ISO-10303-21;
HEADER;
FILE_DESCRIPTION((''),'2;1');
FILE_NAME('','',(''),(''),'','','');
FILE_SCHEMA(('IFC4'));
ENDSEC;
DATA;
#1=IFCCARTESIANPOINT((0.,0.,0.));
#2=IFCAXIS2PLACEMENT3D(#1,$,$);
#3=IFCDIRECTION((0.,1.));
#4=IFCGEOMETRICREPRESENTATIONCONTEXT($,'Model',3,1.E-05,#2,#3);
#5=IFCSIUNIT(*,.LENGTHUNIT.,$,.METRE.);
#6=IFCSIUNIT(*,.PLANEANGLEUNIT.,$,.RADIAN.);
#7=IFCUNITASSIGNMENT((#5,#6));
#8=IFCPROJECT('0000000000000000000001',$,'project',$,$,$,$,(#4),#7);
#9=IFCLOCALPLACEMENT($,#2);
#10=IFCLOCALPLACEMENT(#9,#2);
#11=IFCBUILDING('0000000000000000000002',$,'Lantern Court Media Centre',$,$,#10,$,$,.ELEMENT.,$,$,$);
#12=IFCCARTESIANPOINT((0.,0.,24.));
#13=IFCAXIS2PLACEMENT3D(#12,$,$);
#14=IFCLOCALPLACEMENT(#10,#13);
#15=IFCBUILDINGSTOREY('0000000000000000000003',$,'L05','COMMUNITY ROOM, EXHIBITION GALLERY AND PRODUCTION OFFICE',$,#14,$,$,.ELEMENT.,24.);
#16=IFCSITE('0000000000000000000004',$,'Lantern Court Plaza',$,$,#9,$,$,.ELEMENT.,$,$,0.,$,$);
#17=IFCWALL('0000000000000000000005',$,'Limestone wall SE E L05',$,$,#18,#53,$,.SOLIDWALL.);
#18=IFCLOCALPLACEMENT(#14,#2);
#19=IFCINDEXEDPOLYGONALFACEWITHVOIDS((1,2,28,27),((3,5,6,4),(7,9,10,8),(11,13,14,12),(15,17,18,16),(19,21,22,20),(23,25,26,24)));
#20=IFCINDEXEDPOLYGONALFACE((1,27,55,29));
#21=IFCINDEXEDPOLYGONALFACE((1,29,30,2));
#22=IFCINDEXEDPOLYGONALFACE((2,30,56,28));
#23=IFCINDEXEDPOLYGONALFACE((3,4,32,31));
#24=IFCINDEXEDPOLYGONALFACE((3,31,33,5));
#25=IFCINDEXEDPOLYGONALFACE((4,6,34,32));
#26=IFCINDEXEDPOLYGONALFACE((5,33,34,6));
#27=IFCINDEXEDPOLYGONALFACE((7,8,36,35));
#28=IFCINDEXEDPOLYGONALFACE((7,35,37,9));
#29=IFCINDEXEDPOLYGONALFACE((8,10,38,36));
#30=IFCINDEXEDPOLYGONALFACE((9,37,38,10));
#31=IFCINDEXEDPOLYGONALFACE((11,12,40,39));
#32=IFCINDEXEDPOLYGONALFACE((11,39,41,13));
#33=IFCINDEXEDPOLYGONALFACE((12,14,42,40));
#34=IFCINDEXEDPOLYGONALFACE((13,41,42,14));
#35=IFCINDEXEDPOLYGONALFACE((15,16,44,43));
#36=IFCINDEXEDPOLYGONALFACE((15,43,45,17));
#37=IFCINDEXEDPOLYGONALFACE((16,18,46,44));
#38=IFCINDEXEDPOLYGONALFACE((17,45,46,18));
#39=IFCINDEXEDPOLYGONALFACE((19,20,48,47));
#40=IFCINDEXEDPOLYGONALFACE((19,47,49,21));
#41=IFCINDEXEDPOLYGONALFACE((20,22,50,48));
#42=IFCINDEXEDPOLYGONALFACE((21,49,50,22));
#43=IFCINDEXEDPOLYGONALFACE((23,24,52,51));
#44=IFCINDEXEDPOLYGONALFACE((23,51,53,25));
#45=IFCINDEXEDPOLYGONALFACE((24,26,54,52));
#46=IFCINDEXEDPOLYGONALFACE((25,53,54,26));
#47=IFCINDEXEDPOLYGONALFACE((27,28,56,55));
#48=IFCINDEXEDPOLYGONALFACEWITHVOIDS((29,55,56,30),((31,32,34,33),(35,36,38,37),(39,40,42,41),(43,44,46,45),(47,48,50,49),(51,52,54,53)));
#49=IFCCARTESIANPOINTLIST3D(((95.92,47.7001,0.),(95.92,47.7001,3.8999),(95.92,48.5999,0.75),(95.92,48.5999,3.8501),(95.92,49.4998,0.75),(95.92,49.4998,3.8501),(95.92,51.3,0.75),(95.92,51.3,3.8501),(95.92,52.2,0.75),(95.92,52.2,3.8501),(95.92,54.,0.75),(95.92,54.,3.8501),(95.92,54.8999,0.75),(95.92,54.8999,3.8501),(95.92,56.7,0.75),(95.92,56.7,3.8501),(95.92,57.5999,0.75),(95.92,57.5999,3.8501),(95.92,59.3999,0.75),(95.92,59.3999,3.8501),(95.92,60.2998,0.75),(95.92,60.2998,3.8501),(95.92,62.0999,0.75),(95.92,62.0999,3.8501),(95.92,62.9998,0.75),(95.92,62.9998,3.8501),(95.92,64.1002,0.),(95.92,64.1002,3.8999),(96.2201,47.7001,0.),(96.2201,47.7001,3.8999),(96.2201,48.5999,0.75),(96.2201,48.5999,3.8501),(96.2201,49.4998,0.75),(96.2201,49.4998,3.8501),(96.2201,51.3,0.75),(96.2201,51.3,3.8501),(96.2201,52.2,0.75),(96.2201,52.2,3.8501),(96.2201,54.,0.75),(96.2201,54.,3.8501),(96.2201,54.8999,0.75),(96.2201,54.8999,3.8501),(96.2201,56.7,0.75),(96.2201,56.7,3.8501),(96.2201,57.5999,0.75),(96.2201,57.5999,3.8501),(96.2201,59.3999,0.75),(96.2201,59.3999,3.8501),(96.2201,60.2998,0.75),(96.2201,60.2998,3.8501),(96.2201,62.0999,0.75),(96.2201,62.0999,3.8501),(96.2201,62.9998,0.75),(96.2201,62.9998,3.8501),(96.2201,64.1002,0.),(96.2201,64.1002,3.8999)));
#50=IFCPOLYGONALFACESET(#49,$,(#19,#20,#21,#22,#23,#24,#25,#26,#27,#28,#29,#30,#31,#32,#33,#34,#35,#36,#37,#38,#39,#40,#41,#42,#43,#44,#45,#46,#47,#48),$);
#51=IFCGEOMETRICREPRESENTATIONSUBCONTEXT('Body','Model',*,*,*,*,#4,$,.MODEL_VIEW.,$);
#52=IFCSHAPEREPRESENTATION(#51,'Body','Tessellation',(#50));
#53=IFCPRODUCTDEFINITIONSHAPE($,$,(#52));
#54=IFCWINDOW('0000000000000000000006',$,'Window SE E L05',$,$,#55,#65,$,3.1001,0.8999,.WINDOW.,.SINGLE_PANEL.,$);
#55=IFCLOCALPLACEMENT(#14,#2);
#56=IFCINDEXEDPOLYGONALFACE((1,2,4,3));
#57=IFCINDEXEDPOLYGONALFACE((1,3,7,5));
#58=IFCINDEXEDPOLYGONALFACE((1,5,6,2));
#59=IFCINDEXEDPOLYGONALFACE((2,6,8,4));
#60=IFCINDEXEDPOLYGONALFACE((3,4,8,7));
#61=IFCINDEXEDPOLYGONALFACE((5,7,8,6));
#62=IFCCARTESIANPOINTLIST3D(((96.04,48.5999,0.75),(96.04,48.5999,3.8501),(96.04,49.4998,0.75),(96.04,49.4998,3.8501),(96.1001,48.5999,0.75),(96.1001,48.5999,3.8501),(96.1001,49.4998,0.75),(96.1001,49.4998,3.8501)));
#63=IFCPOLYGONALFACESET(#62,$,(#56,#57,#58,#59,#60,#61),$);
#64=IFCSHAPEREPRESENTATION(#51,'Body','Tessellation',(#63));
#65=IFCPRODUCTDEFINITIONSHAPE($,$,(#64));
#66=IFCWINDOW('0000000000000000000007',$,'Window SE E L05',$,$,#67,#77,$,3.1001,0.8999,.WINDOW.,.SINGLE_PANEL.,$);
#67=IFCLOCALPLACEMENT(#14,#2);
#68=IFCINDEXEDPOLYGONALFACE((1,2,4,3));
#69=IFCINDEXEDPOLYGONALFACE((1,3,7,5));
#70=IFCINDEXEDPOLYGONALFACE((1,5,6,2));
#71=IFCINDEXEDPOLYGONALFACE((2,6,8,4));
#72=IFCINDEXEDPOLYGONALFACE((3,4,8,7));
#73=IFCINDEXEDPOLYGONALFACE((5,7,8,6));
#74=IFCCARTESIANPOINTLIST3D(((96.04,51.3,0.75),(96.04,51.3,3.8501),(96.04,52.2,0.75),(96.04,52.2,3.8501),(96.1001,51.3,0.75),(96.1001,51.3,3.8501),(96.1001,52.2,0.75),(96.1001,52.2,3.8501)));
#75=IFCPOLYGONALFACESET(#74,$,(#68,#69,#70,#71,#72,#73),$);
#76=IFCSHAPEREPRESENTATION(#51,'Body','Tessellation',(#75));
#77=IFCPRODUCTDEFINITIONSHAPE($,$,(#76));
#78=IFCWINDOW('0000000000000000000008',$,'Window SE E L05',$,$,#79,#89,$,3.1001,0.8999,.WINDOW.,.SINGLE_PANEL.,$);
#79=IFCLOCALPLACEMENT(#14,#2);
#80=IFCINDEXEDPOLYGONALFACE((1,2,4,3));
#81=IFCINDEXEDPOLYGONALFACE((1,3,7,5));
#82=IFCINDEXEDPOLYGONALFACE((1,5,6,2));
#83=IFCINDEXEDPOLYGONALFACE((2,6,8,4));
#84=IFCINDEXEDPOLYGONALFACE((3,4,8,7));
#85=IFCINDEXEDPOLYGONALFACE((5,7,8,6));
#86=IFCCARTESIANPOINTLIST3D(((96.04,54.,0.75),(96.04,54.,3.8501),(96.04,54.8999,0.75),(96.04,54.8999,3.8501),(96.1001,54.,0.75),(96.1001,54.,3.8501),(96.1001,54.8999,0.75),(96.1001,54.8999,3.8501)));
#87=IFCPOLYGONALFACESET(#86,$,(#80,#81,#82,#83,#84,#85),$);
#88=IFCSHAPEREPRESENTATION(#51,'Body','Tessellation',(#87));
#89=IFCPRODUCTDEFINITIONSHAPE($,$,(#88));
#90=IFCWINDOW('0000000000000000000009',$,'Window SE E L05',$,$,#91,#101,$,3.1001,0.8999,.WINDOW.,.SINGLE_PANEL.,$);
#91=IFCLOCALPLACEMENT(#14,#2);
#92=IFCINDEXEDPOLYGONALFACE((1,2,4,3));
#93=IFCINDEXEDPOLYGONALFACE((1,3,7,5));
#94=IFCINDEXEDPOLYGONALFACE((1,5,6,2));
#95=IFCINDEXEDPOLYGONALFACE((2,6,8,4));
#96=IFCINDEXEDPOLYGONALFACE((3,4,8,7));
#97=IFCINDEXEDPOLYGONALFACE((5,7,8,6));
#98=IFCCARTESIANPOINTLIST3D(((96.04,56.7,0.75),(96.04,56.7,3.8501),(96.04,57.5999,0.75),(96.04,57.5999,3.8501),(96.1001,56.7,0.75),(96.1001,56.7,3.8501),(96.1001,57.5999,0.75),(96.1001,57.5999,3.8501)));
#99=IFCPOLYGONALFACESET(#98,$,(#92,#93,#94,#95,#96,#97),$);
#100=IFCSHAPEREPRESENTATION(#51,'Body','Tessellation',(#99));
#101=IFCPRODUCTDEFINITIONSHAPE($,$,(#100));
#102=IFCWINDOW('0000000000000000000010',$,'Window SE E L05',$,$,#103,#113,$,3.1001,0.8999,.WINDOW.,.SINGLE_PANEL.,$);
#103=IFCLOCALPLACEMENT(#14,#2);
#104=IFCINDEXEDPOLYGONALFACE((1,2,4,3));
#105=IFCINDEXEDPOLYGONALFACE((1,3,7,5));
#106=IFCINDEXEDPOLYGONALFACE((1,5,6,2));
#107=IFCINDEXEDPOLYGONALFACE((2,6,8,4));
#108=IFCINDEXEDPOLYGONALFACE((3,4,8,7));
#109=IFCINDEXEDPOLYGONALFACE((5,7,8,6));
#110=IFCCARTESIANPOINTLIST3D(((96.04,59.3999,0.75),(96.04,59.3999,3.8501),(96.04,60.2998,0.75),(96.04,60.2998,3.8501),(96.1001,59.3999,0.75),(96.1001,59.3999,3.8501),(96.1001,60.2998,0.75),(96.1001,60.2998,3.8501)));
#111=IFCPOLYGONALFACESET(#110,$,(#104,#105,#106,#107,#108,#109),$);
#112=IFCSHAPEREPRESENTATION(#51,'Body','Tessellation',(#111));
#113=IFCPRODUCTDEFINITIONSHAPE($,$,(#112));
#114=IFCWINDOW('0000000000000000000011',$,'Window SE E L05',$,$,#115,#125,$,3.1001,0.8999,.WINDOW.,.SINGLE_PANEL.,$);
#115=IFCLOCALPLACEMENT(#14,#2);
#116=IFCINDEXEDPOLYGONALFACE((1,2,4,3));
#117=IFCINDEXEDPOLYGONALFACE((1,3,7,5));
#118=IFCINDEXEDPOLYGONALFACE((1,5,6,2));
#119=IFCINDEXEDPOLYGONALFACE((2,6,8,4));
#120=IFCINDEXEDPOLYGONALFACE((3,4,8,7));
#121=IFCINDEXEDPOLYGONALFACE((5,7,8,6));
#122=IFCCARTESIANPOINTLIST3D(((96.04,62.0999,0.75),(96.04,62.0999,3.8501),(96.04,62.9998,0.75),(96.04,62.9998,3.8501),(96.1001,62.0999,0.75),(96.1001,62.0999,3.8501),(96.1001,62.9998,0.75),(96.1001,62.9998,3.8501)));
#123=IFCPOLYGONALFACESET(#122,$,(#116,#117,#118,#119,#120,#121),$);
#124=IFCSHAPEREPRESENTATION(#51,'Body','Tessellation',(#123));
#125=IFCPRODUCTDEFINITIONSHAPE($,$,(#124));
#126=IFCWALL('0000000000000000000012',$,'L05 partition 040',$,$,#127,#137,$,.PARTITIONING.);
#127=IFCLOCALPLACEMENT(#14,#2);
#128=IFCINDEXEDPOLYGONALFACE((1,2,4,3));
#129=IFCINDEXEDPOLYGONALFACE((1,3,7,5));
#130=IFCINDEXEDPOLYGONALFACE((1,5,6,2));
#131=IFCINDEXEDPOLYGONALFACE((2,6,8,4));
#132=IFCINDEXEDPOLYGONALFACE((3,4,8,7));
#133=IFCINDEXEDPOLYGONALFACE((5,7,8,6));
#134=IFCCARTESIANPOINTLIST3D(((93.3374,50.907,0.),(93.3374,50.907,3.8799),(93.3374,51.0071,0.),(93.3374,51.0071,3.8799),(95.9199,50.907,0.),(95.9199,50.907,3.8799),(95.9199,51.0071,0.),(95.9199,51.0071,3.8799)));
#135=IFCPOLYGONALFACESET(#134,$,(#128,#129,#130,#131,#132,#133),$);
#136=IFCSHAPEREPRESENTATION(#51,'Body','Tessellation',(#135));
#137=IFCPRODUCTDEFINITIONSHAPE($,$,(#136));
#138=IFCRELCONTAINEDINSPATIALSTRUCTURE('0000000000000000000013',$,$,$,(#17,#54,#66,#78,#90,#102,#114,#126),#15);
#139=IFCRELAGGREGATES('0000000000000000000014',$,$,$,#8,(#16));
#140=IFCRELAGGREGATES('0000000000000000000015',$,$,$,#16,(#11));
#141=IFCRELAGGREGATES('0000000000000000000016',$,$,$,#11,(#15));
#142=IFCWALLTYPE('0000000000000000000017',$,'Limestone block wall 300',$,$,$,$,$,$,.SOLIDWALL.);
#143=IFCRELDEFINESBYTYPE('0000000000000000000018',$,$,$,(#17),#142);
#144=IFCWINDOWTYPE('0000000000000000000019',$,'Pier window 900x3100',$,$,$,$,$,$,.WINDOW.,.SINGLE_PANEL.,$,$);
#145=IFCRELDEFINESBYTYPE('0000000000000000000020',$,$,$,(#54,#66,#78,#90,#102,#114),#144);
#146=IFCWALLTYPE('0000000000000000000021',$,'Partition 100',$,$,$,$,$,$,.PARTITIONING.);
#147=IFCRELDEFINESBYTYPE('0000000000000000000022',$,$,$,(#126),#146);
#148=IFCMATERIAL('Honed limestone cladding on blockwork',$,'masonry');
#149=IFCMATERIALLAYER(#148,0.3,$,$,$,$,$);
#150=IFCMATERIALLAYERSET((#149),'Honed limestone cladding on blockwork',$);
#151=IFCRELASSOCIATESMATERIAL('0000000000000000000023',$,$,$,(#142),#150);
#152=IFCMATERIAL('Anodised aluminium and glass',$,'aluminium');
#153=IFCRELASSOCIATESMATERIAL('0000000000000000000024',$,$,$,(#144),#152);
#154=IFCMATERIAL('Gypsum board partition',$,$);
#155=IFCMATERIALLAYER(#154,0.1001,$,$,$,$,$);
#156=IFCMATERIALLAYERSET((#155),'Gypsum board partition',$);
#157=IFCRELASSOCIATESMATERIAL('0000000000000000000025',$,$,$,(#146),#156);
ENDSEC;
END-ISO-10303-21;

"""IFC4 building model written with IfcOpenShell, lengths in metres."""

from ifc_helpers import new_model, si_unit, direction, frame, frame_2d, origin, place, context, subcontext, project, spatial, rectangle, extrude, material, layer, layer_set, type_object, element, fill, save


model = new_model("IFC4")

# Units and contexts
model_context = context("Model", 3, precision=1e-05, world=origin(), true_north=direction((0.0, 1.0)))
body_context = subcontext(model_context, "Body", "Model", "MODEL_VIEW")
ifc_project = project(units=[si_unit("LENGTHUNIT", "METRE"), si_unit("PLANEANGLEUNIT", "RADIAN")], contexts=[model_context])

# Site, building, storey
site_placement = place(None, origin())
site = spatial("IfcSite", under=ifc_project, at=site_placement, Name="Lantern Court Plaza", CompositionType="ELEMENT", RefElevation=0.0)
building_placement = place(site_placement, origin())
building = spatial("IfcBuilding", under=site, at=building_placement, Name="Lantern Court Media Centre", CompositionType="ELEMENT")
storey_placement = place(building_placement, frame((0.0, 0.0, 24.0)))
storey = spatial("IfcBuildingStorey", under=building, at=storey_placement, Name="L05", Description="COMMUNITY ROOM, EXHIBITION GALLERY AND PRODUCTION OFFICE", CompositionType="ELEMENT", Elevation=24.0)

# Shared definitions
ifc_material_1 = material(Name="Gypsum board partition")

# Wall, openings, windows
ifc_material_2 = material(Name="Honed limestone cladding on blockwork", Category="masonry")
ifc_layer_1 = layer(ifc_material_2, 0.3)
ifc_layer_set_1 = layer_set([ifc_layer_1], Name="Honed limestone cladding on blockwork")
wall_type_1 = type_object("IfcWallType", Name="Limestone block wall 300", PredefinedType="SOLIDWALL", material=ifc_layer_set_1)
wall_1_placement = place(storey_placement, frame((96.0701, 47.7, 0.0), z_axis=(0.0, 0.0, 1.0), x_axis=(0.0, 1.0, 0.0)))
wall_1 = element("IfcWall", 1, at=wall_1_placement, inside=storey, type_object=wall_type_1, Name="Limestone wall SE E L05", PredefinedType="SOLIDWALL", context=body_context, shape_type="SweptSolid", body=[
    extrude(rectangle(XDim=16.4001, YDim=0.3, at=frame_2d((8.2002, 0.0))), origin(), (0.0, 0.0, 1.0), 3.8999),
])
opening_1_placement = place(wall_1_placement, frame((0.8999, 0.0, 0.75)))
opening_1 = element("IfcOpeningElement", 2, at=opening_1_placement, cuts=wall_1, PredefinedType="OPENING", context=body_context, shape_type="SweptSolid", body=[
    extrude(rectangle(XDim=0.8999, YDim=3.1001, at=frame_2d((0.45, 1.55))), frame((0.0, 0.1599, 0.0), z_axis=(0.0, -1.0, 0.0), x_axis=(1.0, 0.0, 0.0)), (0.0, 0.0, 1.0), 0.3201),
])
opening_2_placement = place(wall_1_placement, frame((3.6001, 0.0, 0.75)))
opening_2 = element("IfcOpeningElement", 3, at=opening_2_placement, cuts=wall_1, PredefinedType="OPENING", context=body_context, shape_type="SweptSolid", body=[
    extrude(rectangle(XDim=0.8999, YDim=3.1001, at=frame_2d((0.45, 1.55))), frame((0.0, 0.1599, 0.0), z_axis=(0.0, -1.0, 0.0), x_axis=(1.0, 0.0, 0.0)), (0.0, 0.0, 1.0), 0.3201),
])
opening_3_placement = place(wall_1_placement, frame((6.3, 0.0, 0.75)))
opening_3 = element("IfcOpeningElement", 4, at=opening_3_placement, cuts=wall_1, PredefinedType="OPENING", context=body_context, shape_type="SweptSolid", body=[
    extrude(rectangle(XDim=0.8999, YDim=3.1001, at=frame_2d((0.45, 1.55))), frame((0.0, 0.1599, 0.0), z_axis=(0.0, -1.0, 0.0), x_axis=(1.0, 0.0, 0.0)), (0.0, 0.0, 1.0), 0.3201),
])
opening_4_placement = place(wall_1_placement, frame((9.0, 0.0, 0.75)))
opening_4 = element("IfcOpeningElement", 5, at=opening_4_placement, cuts=wall_1, PredefinedType="OPENING", context=body_context, shape_type="SweptSolid", body=[
    extrude(rectangle(XDim=0.8999, YDim=3.1001, at=frame_2d((0.45, 1.55))), frame((0.0, 0.1599, 0.0), z_axis=(0.0, -1.0, 0.0), x_axis=(1.0, 0.0, 0.0)), (0.0, 0.0, 1.0), 0.3201),
])
opening_5_placement = place(wall_1_placement, frame((11.7, 0.0, 0.75)))
opening_5 = element("IfcOpeningElement", 6, at=opening_5_placement, cuts=wall_1, PredefinedType="OPENING", context=body_context, shape_type="SweptSolid", body=[
    extrude(rectangle(XDim=0.8999, YDim=3.1001, at=frame_2d((0.45, 1.55))), frame((0.0, 0.1599, 0.0), z_axis=(0.0, -1.0, 0.0), x_axis=(1.0, 0.0, 0.0)), (0.0, 0.0, 1.0), 0.3201),
])
opening_6_placement = place(wall_1_placement, frame((14.3999, 0.0, 0.75)))
opening_6 = element("IfcOpeningElement", 7, at=opening_6_placement, cuts=wall_1, PredefinedType="OPENING", context=body_context, shape_type="SweptSolid", body=[
    extrude(rectangle(XDim=0.8999, YDim=3.1001, at=frame_2d((0.45, 1.55))), frame((0.0, 0.1599, 0.0), z_axis=(0.0, -1.0, 0.0), x_axis=(1.0, 0.0, 0.0)), (0.0, 0.0, 1.0), 0.3201),
])
ifc_material_3 = material(Name="Anodised aluminium and glass", Category="aluminium")
window_type = type_object("IfcWindowType", Name="Pier window 900x3100", PartitioningType="SINGLE_PANEL", PredefinedType="WINDOW", material=ifc_material_3)
window_1_placement = place(opening_1_placement, origin())
window_1 = element("IfcWindow", 8, at=window_1_placement, inside=storey, type_object=window_type, Name="Window SE E L05", OverallHeight=3.1001, OverallWidth=0.8999, PartitioningType="SINGLE_PANEL", PredefinedType="WINDOW", context=body_context, shape_type="SweptSolid", body=[
    extrude(rectangle(XDim=0.8999, YDim=3.1001, at=frame_2d((0.45, 1.55))), frame((0.0, 0.03, 0.0), z_axis=(0.0, -1.0, 0.0), x_axis=(1.0, 0.0, 0.0)), (0.0, 0.0, 1.0), 0.0601),
])
fill(opening_1, window_1)
window_2_placement = place(opening_2_placement, origin())
window_2 = element("IfcWindow", 9, at=window_2_placement, inside=storey, type_object=window_type, Name="Window SE E L05", OverallHeight=3.1001, OverallWidth=0.8999, PartitioningType="SINGLE_PANEL", PredefinedType="WINDOW", context=body_context, shape_type="SweptSolid", body=[
    extrude(rectangle(XDim=0.8999, YDim=3.1001, at=frame_2d((0.45, 1.55))), frame((0.0, 0.03, 0.0), z_axis=(0.0, -1.0, 0.0), x_axis=(1.0, 0.0, 0.0)), (0.0, 0.0, 1.0), 0.0601),
])
fill(opening_2, window_2)
window_3_placement = place(opening_3_placement, origin())
window_3 = element("IfcWindow", 10, at=window_3_placement, inside=storey, type_object=window_type, Name="Window SE E L05", OverallHeight=3.1001, OverallWidth=0.8999, PartitioningType="SINGLE_PANEL", PredefinedType="WINDOW", context=body_context, shape_type="SweptSolid", body=[
    extrude(rectangle(XDim=0.8999, YDim=3.1001, at=frame_2d((0.45, 1.55))), frame((0.0, 0.03, 0.0), z_axis=(0.0, -1.0, 0.0), x_axis=(1.0, 0.0, 0.0)), (0.0, 0.0, 1.0), 0.0601),
])
fill(opening_3, window_3)
window_4_placement = place(opening_4_placement, origin())
window_4 = element("IfcWindow", 11, at=window_4_placement, inside=storey, type_object=window_type, Name="Window SE E L05", OverallHeight=3.1001, OverallWidth=0.8999, PartitioningType="SINGLE_PANEL", PredefinedType="WINDOW", context=body_context, shape_type="SweptSolid", body=[
    extrude(rectangle(XDim=0.8999, YDim=3.1001, at=frame_2d((0.45, 1.55))), frame((0.0, 0.03, 0.0), z_axis=(0.0, -1.0, 0.0), x_axis=(1.0, 0.0, 0.0)), (0.0, 0.0, 1.0), 0.0601),
])
fill(opening_4, window_4)
window_5_placement = place(opening_5_placement, origin())
window_5 = element("IfcWindow", 12, at=window_5_placement, inside=storey, type_object=window_type, Name="Window SE E L05", OverallHeight=3.1001, OverallWidth=0.8999, PartitioningType="SINGLE_PANEL", PredefinedType="WINDOW", context=body_context, shape_type="SweptSolid", body=[
    extrude(rectangle(XDim=0.8999, YDim=3.1001, at=frame_2d((0.45, 1.55))), frame((0.0, 0.03, 0.0), z_axis=(0.0, -1.0, 0.0), x_axis=(1.0, 0.0, 0.0)), (0.0, 0.0, 1.0), 0.0601),
])
fill(opening_5, window_5)
window_6_placement = place(opening_6_placement, origin())
window_6 = element("IfcWindow", 13, at=window_6_placement, inside=storey, type_object=window_type, Name="Window SE E L05", OverallHeight=3.1001, OverallWidth=0.8999, PartitioningType="SINGLE_PANEL", PredefinedType="WINDOW", context=body_context, shape_type="SweptSolid", body=[
    extrude(rectangle(XDim=0.8999, YDim=3.1001, at=frame_2d((0.45, 1.55))), frame((0.0, 0.03, 0.0), z_axis=(0.0, -1.0, 0.0), x_axis=(1.0, 0.0, 0.0)), (0.0, 0.0, 1.0), 0.0601),
])
fill(opening_6, window_6)

# Wall
ifc_layer_2 = layer(ifc_material_1, 0.1001)
ifc_layer_set_2 = layer_set([ifc_layer_2], Name="Gypsum board partition")
wall_type_2 = type_object("IfcWallType", Name="Partition 100", PredefinedType="PARTITIONING", material=ifc_layer_set_2)
wall_2_placement = place(storey_placement, frame((93.3374, 50.957, 0.0), z_axis=(0.0, 0.0, 1.0), x_axis=(1.0, 0.0, 0.0)))
element("IfcWall", 14, at=wall_2_placement, inside=storey, type_object=wall_type_2, Name="L05 partition 040", PredefinedType="PARTITIONING", context=body_context, shape_type="SweptSolid", body=[
    extrude(rectangle(XDim=2.5825, YDim=0.1001, at=frame_2d((1.2913, 0.0))), origin(), (0.0, 0.0, 1.0), 3.8799),
])

save(model, "model.ifc")
